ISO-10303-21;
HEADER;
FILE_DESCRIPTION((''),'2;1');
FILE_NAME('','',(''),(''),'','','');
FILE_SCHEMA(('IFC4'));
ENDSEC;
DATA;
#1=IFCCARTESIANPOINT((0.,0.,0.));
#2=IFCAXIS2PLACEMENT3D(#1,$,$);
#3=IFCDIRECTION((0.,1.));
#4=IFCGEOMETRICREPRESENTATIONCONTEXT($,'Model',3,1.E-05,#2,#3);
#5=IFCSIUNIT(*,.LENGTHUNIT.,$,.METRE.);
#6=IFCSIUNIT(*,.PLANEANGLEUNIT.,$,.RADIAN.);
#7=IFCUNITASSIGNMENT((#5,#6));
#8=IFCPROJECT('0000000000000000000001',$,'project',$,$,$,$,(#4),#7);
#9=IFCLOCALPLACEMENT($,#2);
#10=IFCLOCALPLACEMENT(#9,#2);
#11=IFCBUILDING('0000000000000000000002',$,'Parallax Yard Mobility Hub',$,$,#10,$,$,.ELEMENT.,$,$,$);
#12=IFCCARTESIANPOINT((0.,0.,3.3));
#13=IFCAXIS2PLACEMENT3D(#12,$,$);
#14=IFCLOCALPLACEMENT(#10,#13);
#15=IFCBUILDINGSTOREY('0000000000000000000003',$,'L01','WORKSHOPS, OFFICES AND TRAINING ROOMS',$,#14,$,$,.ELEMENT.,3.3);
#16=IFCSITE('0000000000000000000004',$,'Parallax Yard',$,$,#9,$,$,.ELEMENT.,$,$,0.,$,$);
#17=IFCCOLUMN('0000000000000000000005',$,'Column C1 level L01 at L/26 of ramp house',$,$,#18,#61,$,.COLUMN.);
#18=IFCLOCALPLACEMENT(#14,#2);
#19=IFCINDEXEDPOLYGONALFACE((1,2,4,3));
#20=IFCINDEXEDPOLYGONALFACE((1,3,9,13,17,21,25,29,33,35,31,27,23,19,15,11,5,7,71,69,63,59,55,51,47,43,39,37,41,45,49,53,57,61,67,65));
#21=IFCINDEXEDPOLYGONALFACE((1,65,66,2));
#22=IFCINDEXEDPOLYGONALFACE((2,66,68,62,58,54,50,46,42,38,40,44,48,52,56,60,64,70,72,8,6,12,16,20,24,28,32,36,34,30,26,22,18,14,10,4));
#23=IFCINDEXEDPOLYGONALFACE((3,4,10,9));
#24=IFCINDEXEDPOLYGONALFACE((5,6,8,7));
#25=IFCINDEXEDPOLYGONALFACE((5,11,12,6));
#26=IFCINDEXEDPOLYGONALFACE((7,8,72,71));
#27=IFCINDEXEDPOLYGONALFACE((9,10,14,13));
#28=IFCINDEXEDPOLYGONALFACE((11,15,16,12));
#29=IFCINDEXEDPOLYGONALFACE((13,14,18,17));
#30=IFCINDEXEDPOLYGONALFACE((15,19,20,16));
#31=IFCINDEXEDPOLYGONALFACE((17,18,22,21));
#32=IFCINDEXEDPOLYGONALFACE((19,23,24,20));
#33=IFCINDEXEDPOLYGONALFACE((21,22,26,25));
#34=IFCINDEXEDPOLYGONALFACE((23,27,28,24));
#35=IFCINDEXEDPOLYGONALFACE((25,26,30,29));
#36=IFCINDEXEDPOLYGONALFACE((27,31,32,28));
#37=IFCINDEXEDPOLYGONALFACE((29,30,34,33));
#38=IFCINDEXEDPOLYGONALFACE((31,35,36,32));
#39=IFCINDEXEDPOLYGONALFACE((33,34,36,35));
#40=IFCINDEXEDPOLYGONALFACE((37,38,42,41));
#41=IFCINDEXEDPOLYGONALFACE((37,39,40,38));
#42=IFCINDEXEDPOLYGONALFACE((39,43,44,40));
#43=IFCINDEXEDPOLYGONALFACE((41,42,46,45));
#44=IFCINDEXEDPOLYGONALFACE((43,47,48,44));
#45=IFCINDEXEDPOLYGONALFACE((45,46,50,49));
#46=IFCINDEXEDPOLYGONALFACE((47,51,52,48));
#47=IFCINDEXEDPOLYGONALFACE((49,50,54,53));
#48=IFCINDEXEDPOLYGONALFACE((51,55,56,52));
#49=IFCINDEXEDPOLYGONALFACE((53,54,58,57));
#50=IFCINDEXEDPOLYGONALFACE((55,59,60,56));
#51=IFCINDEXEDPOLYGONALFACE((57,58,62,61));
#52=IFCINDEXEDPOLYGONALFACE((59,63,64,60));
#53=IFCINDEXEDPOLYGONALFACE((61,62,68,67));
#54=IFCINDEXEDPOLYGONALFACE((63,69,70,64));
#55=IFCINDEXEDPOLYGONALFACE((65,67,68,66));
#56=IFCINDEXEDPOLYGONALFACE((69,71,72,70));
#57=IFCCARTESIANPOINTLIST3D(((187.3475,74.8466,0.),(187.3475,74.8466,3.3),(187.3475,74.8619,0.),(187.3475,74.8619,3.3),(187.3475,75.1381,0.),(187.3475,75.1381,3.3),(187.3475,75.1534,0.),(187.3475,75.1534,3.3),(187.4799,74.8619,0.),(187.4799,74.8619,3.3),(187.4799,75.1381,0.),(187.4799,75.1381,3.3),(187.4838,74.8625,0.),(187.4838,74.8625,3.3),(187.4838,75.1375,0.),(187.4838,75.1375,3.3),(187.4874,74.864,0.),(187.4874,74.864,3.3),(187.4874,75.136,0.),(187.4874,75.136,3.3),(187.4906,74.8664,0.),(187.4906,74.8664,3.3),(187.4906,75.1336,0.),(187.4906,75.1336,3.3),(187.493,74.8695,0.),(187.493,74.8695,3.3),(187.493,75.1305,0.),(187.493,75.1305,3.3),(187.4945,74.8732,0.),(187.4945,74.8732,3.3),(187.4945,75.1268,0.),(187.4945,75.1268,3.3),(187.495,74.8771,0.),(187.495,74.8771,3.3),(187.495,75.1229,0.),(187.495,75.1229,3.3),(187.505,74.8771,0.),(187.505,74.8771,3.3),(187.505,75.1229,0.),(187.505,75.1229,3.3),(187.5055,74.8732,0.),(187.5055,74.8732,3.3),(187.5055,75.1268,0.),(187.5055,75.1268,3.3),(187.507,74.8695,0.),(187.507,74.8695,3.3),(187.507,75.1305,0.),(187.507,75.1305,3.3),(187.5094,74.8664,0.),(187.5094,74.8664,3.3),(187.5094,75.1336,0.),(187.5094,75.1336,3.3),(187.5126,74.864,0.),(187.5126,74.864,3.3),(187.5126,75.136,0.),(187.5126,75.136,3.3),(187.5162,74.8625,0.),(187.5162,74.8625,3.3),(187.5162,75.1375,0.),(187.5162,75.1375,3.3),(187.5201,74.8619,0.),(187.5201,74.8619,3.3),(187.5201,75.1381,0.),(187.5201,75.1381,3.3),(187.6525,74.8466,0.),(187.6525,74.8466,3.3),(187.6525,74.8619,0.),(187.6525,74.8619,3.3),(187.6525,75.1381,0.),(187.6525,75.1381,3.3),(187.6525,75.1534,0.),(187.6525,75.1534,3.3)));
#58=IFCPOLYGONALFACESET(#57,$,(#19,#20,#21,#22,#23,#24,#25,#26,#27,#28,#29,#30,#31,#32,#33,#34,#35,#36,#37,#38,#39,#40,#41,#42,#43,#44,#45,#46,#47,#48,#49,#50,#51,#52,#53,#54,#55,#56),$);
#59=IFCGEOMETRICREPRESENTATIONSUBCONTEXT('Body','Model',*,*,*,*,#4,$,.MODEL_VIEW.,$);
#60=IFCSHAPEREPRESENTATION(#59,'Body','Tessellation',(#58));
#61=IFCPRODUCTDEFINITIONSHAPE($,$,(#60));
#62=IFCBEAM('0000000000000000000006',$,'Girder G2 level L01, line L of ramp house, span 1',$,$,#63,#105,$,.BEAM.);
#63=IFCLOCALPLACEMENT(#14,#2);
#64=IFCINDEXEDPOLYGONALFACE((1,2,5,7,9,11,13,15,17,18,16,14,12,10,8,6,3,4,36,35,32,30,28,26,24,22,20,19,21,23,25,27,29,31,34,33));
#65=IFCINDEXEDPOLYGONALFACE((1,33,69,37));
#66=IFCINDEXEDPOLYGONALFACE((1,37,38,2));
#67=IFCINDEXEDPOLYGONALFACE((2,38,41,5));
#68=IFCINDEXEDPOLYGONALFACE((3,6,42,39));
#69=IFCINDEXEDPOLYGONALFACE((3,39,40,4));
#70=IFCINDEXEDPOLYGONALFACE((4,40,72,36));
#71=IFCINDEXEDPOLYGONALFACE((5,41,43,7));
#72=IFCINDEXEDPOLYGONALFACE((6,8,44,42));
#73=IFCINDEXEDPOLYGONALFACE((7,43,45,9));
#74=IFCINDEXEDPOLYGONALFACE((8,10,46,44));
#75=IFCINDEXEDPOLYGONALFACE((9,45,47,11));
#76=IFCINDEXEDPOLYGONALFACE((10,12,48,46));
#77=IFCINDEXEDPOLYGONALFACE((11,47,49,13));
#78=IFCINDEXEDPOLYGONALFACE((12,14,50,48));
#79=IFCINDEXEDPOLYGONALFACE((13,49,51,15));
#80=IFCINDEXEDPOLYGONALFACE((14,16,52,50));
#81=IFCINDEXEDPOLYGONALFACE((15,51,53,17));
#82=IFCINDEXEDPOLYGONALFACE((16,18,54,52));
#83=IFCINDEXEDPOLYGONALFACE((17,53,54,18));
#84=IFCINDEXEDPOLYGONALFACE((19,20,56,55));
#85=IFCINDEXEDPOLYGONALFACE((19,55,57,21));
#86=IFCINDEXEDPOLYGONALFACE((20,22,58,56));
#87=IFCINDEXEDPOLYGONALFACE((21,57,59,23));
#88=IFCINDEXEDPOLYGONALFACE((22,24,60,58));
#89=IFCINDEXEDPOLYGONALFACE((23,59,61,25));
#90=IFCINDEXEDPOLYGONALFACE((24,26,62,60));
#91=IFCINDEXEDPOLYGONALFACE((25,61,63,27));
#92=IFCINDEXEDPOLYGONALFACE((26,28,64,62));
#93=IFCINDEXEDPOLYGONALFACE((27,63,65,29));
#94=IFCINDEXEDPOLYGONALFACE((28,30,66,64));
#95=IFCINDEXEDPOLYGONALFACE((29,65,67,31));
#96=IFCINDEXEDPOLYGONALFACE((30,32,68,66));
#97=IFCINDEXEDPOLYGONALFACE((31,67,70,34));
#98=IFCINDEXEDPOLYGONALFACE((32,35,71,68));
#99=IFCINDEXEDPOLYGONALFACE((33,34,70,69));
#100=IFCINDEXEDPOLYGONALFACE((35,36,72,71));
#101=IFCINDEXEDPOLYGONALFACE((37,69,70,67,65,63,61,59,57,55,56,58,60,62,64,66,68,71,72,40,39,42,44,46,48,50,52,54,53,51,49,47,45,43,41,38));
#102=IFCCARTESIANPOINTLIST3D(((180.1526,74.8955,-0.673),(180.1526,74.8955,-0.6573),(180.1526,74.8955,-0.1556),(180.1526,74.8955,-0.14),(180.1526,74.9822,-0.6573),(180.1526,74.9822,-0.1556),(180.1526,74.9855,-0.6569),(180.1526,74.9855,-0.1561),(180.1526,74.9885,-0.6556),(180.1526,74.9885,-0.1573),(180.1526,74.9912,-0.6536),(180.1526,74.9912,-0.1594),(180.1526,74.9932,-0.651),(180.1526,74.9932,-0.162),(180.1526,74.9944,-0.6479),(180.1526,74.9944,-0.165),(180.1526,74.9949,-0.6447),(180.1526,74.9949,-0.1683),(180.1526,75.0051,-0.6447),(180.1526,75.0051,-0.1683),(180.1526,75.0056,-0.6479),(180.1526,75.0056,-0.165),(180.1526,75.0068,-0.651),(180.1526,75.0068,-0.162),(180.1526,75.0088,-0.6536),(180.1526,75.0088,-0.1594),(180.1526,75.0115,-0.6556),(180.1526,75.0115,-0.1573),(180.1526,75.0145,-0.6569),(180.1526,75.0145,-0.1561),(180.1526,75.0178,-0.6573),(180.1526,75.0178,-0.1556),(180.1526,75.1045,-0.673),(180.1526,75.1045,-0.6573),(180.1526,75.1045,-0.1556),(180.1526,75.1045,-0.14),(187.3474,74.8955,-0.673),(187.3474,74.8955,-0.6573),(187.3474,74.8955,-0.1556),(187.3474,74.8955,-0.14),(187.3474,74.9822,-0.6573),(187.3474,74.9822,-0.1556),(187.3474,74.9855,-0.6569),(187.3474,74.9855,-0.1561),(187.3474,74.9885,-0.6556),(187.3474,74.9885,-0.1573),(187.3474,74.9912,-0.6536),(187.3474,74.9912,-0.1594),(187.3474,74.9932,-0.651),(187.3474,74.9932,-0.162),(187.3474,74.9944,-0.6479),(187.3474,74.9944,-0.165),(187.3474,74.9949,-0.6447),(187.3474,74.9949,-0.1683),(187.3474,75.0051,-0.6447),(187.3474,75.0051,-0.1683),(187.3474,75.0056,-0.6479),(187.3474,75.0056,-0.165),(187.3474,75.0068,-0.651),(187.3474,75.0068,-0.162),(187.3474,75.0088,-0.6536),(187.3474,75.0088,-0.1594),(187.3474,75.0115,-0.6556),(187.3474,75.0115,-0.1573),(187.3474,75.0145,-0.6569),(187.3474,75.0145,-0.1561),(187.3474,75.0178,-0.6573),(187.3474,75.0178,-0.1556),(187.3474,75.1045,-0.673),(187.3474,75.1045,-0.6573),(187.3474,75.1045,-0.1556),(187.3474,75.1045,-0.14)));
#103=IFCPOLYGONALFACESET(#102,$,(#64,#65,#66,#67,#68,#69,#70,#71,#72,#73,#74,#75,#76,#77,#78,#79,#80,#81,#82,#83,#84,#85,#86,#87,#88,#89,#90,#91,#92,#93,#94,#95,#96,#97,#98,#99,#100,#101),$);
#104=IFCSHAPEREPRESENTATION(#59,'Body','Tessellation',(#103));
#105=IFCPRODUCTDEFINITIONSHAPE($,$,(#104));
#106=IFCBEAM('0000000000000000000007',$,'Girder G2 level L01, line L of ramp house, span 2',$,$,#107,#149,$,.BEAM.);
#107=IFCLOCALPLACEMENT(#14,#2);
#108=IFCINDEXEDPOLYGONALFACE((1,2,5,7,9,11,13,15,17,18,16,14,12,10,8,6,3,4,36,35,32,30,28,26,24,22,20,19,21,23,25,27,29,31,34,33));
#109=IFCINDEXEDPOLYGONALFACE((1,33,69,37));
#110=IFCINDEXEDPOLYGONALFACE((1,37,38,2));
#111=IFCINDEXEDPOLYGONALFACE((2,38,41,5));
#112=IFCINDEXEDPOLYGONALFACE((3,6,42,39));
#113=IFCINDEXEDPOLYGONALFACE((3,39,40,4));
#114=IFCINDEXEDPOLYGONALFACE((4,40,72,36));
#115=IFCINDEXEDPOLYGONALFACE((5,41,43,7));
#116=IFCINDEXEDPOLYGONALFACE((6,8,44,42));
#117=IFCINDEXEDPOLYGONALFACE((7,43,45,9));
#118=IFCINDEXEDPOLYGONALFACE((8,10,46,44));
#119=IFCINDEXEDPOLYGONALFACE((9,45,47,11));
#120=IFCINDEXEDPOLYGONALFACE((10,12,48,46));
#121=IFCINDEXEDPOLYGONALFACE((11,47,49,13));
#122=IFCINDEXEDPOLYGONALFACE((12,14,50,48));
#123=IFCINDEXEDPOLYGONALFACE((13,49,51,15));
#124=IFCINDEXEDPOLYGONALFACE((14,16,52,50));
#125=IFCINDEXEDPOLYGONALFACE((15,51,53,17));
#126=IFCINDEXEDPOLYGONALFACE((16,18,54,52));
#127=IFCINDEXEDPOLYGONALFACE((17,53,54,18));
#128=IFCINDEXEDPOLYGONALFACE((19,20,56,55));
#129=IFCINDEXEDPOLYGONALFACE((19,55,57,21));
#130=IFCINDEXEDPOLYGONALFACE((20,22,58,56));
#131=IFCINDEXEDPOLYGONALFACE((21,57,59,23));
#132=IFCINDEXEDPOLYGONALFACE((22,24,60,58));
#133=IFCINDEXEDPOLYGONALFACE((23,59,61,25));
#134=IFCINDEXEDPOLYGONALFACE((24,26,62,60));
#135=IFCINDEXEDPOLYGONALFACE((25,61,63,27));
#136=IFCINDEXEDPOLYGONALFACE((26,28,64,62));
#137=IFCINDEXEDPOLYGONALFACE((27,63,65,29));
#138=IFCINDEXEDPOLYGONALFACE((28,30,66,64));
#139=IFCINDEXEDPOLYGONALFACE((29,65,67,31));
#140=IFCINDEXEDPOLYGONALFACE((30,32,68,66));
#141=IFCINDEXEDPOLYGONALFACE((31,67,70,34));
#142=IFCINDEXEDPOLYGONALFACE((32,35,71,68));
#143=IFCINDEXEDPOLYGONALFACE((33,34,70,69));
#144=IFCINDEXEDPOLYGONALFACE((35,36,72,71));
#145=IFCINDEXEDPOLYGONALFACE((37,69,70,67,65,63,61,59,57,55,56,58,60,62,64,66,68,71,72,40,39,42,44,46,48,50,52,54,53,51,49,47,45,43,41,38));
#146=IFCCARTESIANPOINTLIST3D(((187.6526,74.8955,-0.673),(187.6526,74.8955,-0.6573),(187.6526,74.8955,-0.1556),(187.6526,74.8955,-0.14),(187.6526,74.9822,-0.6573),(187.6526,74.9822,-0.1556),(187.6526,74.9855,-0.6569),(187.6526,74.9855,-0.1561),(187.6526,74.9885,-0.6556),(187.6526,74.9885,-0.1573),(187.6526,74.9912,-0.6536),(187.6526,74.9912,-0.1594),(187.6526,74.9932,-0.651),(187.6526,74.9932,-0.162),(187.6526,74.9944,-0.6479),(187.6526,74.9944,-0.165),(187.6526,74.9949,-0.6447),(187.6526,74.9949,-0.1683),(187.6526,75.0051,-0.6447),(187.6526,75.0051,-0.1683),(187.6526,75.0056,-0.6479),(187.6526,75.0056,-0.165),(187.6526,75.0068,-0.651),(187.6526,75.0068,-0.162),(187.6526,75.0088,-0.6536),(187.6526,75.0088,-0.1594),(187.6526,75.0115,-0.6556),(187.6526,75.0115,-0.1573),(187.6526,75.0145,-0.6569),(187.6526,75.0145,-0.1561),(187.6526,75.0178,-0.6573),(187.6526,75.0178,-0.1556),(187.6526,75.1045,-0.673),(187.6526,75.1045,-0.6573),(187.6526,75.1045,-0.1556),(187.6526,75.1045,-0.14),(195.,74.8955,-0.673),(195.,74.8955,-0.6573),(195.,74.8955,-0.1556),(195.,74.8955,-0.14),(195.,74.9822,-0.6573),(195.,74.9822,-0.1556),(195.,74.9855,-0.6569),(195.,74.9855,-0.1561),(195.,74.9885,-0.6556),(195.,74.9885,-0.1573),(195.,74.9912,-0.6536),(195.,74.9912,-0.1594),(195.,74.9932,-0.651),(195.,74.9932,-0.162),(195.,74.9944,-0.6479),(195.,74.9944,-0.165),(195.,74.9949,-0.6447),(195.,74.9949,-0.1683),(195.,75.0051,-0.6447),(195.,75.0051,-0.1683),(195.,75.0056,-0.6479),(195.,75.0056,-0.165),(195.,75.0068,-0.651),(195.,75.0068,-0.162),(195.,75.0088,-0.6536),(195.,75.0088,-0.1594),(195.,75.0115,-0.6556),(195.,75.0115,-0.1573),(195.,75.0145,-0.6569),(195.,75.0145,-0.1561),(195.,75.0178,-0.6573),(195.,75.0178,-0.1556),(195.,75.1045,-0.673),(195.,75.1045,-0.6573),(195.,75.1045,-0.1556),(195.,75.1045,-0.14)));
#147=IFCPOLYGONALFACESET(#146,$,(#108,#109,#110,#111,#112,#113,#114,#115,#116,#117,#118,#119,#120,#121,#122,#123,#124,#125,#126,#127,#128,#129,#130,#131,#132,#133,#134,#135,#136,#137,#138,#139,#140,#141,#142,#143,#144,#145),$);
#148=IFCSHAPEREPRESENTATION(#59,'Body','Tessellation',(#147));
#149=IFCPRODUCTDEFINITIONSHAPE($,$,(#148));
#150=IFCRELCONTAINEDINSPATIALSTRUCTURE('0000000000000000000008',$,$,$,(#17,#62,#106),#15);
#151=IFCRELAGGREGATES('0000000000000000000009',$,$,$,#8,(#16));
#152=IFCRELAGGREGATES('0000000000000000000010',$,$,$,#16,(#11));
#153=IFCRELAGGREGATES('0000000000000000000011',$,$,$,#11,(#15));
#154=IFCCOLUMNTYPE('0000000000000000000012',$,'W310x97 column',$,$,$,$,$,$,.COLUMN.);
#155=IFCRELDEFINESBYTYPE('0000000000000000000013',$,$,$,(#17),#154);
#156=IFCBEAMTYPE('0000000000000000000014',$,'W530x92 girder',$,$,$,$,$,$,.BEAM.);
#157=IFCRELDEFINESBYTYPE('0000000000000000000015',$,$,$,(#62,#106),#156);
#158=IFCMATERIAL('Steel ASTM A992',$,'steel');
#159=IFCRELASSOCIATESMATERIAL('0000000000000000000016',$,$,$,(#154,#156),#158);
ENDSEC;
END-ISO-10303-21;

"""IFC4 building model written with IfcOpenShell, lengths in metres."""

from ifc_helpers import new_model, si_unit, direction, frame, origin, origin_2d, place, context, subcontext, project, spatial, i_section, extrude, material, material_profile, profile_set, type_object, element, save


model = new_model("IFC4")

# Units and contexts
model_context = context("Model", 3, precision=1e-05, world=origin(), true_north=direction((0.0, 1.0)))
body_context = subcontext(model_context, "Body", "Model", "MODEL_VIEW")
ifc_project = project(units=[si_unit("LENGTHUNIT", "METRE"), si_unit("PLANEANGLEUNIT", "RADIAN")], contexts=[model_context])

# Site, building, storey
site_placement = place(None, origin())
site = spatial("IfcSite", under=ifc_project, at=site_placement, Name="Parallax Yard", CompositionType="ELEMENT", RefElevation=0.0)
building_placement = place(site_placement, origin())
building = spatial("IfcBuilding", under=site, at=building_placement, Name="Parallax Yard Mobility Hub", CompositionType="ELEMENT")
storey_placement = place(building_placement, frame((0.0, 0.0, 3.3)))
storey = spatial("IfcBuildingStorey", under=building, at=storey_placement, Name="L01", Description="WORKSHOPS, OFFICES AND TRAINING ROOMS", CompositionType="ELEMENT", Elevation=3.3)

# Column
ifc_material_1 = material(Name="Steel ASTM A992", Category="steel")
ifc_material_profile_1 = material_profile(ifc_material_1, i_section(OverallWidth=0.3049, OverallDepth=0.3069, WebThickness=0.01, FlangeThickness=0.0154, FilletRadius=0.0151, at=origin_2d()), Name="W310x97")
ifc_profile_set_1 = profile_set([ifc_material_profile_1], Name="Steel ASTM A992")
column_type = type_object("IfcColumnType", Name="W310x97 column", PredefinedType="COLUMN", material=ifc_profile_set_1)
column_placement = place(storey_placement, frame((187.5, 75.0, 0.0), z_axis=(0.0, 0.0, 1.0), x_axis=(1.0, 0.0, 0.0)))
element("IfcColumn", 1, at=column_placement, inside=storey, type_object=column_type, Name="Column C1 level L01 at L/26 of ramp house", PredefinedType="COLUMN", context=body_context, shape_type="SweptSolid", body=[
    extrude(i_section(OverallWidth=0.3049, OverallDepth=0.3069, WebThickness=0.01, FlangeThickness=0.0154, FilletRadius=0.0151, at=origin_2d()), origin(), (0.0, 0.0, 1.0), 3.3),
])

# Beams
ifc_material_profile_2 = material_profile(ifc_material_1, i_section(OverallWidth=0.209, OverallDepth=0.533, WebThickness=0.0103, FlangeThickness=0.0156, FilletRadius=0.0127, at=origin_2d()), Name="W530x92")
ifc_profile_set_2 = profile_set([ifc_material_profile_2], Name="Steel ASTM A992")
beam_type = type_object("IfcBeamType", Name="W530x92 girder", PredefinedType="BEAM", material=ifc_profile_set_2)
beam_1_placement = place(storey_placement, frame((180.1526, 75.0, -0.4065), z_axis=(1.0, 0.0, 0.0), x_axis=(0.0, 1.0, 0.0)))
element("IfcBeam", 2, at=beam_1_placement, inside=storey, type_object=beam_type, Name="Girder G2 level L01, line L of ramp house, span 1", PredefinedType="BEAM", context=body_context, shape_type="SweptSolid", body=[
    extrude(i_section(OverallWidth=0.209, OverallDepth=0.533, WebThickness=0.0103, FlangeThickness=0.0156, FilletRadius=0.0127, at=origin_2d()), origin(), (0.0, 0.0, 1.0), 7.1948),
])
beam_2_placement = place(storey_placement, frame((187.6526, 75.0, -0.4065), z_axis=(1.0, 0.0, 0.0), x_axis=(0.0, 1.0, 0.0)))
element("IfcBeam", 3, at=beam_2_placement, inside=storey, type_object=beam_type, Name="Girder G2 level L01, line L of ramp house, span 2", PredefinedType="BEAM", context=body_context, shape_type="SweptSolid", body=[
    extrude(i_section(OverallWidth=0.209, OverallDepth=0.533, WebThickness=0.0103, FlangeThickness=0.0156, FilletRadius=0.0127, at=origin_2d()), origin(), (0.0, 0.0, 1.0), 7.3474),
])

save(model, "model.ifc")
